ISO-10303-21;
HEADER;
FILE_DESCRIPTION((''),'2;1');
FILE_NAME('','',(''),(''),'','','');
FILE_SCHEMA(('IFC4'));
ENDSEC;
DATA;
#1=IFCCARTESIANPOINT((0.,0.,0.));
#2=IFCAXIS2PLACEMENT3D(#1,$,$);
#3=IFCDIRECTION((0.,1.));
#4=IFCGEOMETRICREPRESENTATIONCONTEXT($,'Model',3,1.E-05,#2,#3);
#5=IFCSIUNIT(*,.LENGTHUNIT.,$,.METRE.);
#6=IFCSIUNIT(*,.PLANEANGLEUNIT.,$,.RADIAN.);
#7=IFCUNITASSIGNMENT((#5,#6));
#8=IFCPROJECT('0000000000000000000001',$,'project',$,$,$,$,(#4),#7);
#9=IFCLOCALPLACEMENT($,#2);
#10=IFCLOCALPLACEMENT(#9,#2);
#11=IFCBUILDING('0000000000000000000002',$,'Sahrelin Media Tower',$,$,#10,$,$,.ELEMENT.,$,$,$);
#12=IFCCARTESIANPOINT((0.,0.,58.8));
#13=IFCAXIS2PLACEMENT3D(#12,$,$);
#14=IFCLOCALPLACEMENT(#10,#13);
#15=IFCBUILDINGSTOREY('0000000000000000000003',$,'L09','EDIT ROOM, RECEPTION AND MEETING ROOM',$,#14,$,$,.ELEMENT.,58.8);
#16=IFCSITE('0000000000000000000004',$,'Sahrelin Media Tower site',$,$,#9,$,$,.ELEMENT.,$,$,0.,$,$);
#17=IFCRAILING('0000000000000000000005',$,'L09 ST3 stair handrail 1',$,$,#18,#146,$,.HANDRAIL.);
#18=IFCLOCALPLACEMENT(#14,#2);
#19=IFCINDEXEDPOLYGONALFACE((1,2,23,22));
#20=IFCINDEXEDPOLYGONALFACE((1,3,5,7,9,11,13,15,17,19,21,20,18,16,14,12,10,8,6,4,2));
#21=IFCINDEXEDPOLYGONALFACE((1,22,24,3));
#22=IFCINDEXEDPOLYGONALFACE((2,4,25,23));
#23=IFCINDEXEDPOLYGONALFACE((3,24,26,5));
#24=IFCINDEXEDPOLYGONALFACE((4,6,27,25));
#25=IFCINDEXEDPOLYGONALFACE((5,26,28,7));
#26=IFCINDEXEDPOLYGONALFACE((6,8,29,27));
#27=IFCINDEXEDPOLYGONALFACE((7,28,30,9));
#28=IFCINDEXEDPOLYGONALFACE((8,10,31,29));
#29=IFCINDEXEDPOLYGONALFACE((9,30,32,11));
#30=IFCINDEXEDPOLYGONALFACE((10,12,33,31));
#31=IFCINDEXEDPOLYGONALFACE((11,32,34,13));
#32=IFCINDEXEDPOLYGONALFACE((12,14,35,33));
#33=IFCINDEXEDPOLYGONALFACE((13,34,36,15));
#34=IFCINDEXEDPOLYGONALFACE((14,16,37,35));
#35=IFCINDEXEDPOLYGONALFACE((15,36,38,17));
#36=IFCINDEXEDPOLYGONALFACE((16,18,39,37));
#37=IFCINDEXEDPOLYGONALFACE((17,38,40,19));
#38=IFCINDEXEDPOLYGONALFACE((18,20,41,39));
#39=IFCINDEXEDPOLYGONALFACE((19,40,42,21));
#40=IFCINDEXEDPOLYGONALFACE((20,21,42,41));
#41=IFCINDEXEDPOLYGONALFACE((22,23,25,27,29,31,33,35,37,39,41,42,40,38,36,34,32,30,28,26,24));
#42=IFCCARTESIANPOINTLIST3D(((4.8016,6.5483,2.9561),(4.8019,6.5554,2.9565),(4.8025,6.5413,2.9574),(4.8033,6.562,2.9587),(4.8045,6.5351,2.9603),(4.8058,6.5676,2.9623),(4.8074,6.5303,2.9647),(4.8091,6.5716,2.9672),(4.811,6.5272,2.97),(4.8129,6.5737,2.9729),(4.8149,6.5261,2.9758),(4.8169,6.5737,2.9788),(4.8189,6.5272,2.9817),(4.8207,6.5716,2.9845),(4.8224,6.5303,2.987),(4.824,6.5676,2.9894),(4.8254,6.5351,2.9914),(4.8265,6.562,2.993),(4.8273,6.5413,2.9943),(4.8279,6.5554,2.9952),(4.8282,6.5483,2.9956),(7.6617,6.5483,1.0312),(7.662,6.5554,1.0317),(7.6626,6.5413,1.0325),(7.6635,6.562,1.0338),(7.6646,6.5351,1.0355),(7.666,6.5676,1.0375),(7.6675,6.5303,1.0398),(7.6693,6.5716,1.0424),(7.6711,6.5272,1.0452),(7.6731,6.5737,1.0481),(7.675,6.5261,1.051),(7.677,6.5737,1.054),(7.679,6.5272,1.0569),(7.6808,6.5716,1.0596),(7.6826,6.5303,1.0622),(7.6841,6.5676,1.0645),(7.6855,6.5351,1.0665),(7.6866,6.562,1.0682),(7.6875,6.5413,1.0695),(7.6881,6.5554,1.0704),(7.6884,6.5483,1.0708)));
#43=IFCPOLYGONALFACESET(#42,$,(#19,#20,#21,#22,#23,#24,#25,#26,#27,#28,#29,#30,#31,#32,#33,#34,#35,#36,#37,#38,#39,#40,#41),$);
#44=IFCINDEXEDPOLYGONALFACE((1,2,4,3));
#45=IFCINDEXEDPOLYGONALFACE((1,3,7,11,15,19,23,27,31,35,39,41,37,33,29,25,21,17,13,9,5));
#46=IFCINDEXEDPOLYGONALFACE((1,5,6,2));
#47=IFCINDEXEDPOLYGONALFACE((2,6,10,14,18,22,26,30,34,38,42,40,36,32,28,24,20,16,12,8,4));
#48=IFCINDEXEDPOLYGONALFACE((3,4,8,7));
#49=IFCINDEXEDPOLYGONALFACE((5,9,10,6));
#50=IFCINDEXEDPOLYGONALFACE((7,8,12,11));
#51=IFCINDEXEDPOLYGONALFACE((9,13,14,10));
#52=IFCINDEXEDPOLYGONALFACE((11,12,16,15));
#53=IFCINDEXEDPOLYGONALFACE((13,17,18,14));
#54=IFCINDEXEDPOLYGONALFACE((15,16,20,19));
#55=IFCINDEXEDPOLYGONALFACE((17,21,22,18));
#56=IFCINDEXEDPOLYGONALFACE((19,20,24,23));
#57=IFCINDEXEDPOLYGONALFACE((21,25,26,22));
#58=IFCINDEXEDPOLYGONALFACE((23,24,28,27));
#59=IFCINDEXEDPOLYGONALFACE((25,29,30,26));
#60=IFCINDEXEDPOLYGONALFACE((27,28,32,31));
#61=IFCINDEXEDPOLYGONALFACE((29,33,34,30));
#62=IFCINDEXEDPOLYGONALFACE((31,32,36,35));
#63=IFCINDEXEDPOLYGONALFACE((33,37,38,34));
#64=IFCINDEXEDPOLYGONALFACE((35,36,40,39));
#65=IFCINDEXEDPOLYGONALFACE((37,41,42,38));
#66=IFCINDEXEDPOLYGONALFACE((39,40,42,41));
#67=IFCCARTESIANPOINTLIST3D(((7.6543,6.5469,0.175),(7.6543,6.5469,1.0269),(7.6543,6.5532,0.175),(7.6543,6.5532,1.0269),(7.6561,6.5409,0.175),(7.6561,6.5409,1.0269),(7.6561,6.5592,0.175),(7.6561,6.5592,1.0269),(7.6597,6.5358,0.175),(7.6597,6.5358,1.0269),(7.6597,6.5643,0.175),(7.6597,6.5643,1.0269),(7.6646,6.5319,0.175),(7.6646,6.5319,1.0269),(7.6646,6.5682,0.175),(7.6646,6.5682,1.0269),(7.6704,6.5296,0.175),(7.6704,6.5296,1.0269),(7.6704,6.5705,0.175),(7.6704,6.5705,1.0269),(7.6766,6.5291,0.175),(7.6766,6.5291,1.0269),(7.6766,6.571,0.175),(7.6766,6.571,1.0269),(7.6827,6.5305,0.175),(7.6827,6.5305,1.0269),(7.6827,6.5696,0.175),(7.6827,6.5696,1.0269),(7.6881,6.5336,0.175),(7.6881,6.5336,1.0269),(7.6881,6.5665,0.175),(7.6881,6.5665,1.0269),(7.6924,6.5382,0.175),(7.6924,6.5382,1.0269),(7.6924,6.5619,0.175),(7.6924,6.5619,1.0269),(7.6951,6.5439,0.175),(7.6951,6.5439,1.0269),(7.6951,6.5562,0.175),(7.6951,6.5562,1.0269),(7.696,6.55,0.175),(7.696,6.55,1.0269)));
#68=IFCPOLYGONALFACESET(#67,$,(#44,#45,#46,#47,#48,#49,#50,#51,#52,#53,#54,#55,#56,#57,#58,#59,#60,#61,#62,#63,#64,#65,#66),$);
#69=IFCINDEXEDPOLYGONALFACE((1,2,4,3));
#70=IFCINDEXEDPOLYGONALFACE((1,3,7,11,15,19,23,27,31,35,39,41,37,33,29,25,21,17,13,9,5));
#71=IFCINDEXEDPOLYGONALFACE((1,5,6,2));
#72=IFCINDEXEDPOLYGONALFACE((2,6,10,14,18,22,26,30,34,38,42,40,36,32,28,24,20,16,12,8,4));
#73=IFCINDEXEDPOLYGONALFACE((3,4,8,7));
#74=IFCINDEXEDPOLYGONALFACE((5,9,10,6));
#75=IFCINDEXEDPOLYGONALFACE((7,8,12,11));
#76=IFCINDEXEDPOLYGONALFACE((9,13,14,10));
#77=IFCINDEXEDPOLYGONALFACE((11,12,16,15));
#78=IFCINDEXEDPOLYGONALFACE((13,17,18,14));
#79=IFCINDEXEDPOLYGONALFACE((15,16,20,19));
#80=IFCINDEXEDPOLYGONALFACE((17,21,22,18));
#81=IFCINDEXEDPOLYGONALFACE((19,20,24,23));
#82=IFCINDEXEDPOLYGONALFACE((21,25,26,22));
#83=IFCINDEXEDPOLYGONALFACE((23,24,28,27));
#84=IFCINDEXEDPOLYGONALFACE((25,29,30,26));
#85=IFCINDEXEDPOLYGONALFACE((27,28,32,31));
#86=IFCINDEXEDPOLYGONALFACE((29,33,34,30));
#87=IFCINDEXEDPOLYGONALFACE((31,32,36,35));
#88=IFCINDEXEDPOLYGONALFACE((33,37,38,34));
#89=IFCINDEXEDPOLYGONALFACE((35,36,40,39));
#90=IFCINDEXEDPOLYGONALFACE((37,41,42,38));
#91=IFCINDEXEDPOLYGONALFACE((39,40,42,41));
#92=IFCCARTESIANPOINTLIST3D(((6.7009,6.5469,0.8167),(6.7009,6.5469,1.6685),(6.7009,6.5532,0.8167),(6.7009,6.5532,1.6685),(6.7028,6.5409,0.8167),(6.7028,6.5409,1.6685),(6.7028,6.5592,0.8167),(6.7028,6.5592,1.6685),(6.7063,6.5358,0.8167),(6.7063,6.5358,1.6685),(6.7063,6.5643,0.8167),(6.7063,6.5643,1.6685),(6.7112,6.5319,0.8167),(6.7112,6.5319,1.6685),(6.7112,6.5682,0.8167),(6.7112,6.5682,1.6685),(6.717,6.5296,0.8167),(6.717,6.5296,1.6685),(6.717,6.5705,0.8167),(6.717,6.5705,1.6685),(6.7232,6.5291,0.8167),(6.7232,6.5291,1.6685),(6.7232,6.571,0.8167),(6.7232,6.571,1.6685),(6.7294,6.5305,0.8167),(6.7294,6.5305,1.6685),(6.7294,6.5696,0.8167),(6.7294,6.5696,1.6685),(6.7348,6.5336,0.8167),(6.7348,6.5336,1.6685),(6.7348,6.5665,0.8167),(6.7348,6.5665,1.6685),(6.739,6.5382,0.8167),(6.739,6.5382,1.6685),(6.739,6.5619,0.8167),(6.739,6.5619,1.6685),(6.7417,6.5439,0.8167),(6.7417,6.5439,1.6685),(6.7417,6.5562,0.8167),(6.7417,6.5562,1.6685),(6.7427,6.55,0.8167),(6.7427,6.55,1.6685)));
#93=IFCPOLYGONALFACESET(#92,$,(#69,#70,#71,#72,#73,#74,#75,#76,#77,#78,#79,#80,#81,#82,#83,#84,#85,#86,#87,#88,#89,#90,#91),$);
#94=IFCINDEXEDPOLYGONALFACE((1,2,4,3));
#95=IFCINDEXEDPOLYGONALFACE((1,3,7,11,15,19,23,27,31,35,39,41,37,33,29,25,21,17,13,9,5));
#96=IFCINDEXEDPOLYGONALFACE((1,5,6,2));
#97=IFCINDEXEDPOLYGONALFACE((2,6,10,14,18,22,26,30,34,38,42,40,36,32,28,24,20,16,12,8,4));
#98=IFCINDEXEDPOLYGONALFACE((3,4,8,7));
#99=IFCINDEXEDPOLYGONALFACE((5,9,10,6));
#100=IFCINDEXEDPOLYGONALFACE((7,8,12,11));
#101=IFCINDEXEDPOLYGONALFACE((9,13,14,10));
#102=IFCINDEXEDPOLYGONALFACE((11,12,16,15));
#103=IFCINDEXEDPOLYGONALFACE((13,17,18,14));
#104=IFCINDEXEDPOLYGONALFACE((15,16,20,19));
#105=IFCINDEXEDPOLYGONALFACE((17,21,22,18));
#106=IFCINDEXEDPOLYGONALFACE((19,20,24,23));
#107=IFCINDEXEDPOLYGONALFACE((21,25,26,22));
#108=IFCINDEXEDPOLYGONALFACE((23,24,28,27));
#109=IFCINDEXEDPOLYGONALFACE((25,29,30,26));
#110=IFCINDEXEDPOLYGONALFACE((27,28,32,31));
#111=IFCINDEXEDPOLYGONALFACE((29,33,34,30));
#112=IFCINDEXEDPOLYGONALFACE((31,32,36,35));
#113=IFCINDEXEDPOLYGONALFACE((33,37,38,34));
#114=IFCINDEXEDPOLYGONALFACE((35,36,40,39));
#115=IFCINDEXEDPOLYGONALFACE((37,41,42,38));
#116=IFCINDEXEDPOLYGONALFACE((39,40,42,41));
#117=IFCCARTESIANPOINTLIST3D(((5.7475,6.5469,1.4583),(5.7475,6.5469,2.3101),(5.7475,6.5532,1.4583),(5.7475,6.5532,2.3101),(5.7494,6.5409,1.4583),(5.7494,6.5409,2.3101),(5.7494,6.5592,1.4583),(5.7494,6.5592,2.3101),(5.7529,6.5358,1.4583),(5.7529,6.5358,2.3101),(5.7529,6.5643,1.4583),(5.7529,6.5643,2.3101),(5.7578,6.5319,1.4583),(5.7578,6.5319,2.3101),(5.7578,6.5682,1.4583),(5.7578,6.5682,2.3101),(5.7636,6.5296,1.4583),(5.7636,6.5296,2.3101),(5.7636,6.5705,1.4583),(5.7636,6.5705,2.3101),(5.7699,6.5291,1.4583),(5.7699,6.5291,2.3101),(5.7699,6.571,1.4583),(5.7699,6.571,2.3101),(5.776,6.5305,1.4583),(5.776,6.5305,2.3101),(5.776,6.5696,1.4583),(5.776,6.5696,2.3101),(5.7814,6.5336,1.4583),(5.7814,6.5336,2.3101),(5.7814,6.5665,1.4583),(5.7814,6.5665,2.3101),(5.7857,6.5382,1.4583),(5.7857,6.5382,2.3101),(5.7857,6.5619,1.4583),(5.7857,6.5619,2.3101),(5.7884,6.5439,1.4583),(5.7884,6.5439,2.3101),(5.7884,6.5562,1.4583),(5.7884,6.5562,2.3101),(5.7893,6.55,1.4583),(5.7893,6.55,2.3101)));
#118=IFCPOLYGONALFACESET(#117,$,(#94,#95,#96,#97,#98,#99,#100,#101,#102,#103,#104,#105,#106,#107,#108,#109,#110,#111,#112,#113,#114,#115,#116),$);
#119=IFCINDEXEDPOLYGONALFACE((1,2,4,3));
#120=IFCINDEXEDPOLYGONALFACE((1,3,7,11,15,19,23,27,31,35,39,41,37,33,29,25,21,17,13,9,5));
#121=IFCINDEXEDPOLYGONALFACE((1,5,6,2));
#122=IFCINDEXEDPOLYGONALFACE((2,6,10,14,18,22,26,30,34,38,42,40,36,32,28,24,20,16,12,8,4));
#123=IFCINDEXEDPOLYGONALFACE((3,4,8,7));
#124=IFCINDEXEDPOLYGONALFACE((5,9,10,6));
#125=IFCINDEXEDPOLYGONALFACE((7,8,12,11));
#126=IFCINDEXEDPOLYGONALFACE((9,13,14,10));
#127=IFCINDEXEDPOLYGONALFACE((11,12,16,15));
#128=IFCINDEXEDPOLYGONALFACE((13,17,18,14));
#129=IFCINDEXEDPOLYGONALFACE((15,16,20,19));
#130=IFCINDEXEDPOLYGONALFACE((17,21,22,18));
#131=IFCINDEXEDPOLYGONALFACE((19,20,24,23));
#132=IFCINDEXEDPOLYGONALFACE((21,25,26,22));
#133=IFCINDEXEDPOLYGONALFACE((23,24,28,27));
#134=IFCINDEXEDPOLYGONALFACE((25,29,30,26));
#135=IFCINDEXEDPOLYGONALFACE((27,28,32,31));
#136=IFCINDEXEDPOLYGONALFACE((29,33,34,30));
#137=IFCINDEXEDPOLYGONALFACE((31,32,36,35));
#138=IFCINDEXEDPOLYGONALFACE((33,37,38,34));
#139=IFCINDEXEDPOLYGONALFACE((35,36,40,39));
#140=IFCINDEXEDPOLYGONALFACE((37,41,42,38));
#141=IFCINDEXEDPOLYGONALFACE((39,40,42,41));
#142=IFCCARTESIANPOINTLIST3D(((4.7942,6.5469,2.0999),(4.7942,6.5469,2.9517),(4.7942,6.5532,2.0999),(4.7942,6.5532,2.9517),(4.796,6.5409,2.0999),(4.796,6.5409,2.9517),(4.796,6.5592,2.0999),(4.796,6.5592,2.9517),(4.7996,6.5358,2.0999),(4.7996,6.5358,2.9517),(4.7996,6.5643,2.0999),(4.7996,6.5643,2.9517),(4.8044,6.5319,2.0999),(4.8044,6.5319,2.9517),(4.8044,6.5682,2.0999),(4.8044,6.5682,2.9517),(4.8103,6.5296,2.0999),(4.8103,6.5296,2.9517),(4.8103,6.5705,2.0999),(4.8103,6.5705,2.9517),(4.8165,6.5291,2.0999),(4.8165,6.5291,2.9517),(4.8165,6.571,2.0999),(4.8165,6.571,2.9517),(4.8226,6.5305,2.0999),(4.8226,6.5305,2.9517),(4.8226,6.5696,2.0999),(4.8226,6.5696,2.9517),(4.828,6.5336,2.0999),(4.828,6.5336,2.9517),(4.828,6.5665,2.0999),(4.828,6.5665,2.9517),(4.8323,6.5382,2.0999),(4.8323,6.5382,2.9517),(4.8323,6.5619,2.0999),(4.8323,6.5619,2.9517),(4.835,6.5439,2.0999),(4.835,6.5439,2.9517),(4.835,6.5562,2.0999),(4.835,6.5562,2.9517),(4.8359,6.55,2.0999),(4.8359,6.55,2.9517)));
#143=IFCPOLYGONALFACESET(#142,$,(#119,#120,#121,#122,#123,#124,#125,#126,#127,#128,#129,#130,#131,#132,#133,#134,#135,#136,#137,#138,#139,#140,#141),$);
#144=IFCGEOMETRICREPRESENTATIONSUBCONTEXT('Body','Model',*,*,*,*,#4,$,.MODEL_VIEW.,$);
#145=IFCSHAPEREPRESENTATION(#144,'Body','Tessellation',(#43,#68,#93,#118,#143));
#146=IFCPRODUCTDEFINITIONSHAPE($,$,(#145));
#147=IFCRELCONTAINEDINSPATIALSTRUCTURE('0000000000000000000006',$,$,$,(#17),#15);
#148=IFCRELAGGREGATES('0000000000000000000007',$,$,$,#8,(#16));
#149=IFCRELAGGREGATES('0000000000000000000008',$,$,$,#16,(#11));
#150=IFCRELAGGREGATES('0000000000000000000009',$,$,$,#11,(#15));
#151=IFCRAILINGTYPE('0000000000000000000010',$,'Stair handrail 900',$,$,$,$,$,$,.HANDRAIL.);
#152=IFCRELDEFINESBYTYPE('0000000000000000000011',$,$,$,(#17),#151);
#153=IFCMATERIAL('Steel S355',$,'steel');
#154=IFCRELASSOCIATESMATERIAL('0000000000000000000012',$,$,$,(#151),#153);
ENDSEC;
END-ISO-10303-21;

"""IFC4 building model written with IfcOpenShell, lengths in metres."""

from ifc_helpers import new_model, si_unit, direction, frame, origin, origin_2d, place, context, subcontext, project, spatial, circle, extrude, material, type_object, element, save


model = new_model("IFC4")

# Units and contexts
model_context = context("Model", 3, precision=1e-05, world=origin(), true_north=direction((0.0, 1.0)))
body_context = subcontext(model_context, "Body", "Model", "MODEL_VIEW")
ifc_project = project(units=[si_unit("LENGTHUNIT", "METRE"), si_unit("PLANEANGLEUNIT", "RADIAN")], contexts=[model_context])

# Site, building, storey
site_placement = place(None, origin())
site = spatial("IfcSite", under=ifc_project, at=site_placement, Name="Sahrelin Media Tower site", CompositionType="ELEMENT", RefElevation=0.0)
building_placement = place(site_placement, origin())
building = spatial("IfcBuilding", under=site, at=building_placement, Name="Sahrelin Media Tower", CompositionType="ELEMENT")
storey_placement = place(building_placement, frame((0.0, 0.0, 58.8)))
storey = spatial("IfcBuildingStorey", under=building, at=storey_placement, Name="L09", Description="EDIT ROOM, RECEPTION AND MEETING ROOM", CompositionType="ELEMENT", Elevation=58.8)

# Shared definitions
ifc_material_1 = material(Name="Steel S355", Category="steel")

# Railing
railing_type_1 = type_object("IfcRailingType", Name="Stair handrail 900", PredefinedType="HANDRAIL", material=ifc_material_1)
railing_1_placement = place(storey_placement, frame((7.675, 6.55, 0.175)))
element("IfcRailing", 1, at=railing_1_placement, inside=storey, type_object=railing_type_1, Name="L09 ST3 stair handrail 1", PredefinedType="HANDRAIL", context=body_context, shape_type="SweptSolid", body=[
    extrude(circle(Radius=0.0239, at=origin_2d()), frame((0.0, 0.0, 0.876), z_axis=(-0.829624, 0.0, 0.558323), x_axis=(0.0, -1.0, 0.0)), (0.0, 0.0, 1.0), 3.4475),
    extrude(circle(Radius=0.021, at=origin_2d()), origin(), (0.0, 0.0, 1.0), 0.8518),
    extrude(circle(Radius=0.021, at=origin_2d()), frame((-0.9534, 0.0, 0.6416)), (0.0, 0.0, 1.0), 0.8518),
    extrude(circle(Radius=0.021, at=origin_2d()), frame((-1.9067, 0.0, 1.2832)), (0.0, 0.0, 1.0), 0.8518),
    extrude(circle(Radius=0.021, at=origin_2d()), frame((-2.8601, 0.0, 1.9248)), (0.0, 0.0, 1.0), 0.8518),
])

save(model, "model.ifc")
